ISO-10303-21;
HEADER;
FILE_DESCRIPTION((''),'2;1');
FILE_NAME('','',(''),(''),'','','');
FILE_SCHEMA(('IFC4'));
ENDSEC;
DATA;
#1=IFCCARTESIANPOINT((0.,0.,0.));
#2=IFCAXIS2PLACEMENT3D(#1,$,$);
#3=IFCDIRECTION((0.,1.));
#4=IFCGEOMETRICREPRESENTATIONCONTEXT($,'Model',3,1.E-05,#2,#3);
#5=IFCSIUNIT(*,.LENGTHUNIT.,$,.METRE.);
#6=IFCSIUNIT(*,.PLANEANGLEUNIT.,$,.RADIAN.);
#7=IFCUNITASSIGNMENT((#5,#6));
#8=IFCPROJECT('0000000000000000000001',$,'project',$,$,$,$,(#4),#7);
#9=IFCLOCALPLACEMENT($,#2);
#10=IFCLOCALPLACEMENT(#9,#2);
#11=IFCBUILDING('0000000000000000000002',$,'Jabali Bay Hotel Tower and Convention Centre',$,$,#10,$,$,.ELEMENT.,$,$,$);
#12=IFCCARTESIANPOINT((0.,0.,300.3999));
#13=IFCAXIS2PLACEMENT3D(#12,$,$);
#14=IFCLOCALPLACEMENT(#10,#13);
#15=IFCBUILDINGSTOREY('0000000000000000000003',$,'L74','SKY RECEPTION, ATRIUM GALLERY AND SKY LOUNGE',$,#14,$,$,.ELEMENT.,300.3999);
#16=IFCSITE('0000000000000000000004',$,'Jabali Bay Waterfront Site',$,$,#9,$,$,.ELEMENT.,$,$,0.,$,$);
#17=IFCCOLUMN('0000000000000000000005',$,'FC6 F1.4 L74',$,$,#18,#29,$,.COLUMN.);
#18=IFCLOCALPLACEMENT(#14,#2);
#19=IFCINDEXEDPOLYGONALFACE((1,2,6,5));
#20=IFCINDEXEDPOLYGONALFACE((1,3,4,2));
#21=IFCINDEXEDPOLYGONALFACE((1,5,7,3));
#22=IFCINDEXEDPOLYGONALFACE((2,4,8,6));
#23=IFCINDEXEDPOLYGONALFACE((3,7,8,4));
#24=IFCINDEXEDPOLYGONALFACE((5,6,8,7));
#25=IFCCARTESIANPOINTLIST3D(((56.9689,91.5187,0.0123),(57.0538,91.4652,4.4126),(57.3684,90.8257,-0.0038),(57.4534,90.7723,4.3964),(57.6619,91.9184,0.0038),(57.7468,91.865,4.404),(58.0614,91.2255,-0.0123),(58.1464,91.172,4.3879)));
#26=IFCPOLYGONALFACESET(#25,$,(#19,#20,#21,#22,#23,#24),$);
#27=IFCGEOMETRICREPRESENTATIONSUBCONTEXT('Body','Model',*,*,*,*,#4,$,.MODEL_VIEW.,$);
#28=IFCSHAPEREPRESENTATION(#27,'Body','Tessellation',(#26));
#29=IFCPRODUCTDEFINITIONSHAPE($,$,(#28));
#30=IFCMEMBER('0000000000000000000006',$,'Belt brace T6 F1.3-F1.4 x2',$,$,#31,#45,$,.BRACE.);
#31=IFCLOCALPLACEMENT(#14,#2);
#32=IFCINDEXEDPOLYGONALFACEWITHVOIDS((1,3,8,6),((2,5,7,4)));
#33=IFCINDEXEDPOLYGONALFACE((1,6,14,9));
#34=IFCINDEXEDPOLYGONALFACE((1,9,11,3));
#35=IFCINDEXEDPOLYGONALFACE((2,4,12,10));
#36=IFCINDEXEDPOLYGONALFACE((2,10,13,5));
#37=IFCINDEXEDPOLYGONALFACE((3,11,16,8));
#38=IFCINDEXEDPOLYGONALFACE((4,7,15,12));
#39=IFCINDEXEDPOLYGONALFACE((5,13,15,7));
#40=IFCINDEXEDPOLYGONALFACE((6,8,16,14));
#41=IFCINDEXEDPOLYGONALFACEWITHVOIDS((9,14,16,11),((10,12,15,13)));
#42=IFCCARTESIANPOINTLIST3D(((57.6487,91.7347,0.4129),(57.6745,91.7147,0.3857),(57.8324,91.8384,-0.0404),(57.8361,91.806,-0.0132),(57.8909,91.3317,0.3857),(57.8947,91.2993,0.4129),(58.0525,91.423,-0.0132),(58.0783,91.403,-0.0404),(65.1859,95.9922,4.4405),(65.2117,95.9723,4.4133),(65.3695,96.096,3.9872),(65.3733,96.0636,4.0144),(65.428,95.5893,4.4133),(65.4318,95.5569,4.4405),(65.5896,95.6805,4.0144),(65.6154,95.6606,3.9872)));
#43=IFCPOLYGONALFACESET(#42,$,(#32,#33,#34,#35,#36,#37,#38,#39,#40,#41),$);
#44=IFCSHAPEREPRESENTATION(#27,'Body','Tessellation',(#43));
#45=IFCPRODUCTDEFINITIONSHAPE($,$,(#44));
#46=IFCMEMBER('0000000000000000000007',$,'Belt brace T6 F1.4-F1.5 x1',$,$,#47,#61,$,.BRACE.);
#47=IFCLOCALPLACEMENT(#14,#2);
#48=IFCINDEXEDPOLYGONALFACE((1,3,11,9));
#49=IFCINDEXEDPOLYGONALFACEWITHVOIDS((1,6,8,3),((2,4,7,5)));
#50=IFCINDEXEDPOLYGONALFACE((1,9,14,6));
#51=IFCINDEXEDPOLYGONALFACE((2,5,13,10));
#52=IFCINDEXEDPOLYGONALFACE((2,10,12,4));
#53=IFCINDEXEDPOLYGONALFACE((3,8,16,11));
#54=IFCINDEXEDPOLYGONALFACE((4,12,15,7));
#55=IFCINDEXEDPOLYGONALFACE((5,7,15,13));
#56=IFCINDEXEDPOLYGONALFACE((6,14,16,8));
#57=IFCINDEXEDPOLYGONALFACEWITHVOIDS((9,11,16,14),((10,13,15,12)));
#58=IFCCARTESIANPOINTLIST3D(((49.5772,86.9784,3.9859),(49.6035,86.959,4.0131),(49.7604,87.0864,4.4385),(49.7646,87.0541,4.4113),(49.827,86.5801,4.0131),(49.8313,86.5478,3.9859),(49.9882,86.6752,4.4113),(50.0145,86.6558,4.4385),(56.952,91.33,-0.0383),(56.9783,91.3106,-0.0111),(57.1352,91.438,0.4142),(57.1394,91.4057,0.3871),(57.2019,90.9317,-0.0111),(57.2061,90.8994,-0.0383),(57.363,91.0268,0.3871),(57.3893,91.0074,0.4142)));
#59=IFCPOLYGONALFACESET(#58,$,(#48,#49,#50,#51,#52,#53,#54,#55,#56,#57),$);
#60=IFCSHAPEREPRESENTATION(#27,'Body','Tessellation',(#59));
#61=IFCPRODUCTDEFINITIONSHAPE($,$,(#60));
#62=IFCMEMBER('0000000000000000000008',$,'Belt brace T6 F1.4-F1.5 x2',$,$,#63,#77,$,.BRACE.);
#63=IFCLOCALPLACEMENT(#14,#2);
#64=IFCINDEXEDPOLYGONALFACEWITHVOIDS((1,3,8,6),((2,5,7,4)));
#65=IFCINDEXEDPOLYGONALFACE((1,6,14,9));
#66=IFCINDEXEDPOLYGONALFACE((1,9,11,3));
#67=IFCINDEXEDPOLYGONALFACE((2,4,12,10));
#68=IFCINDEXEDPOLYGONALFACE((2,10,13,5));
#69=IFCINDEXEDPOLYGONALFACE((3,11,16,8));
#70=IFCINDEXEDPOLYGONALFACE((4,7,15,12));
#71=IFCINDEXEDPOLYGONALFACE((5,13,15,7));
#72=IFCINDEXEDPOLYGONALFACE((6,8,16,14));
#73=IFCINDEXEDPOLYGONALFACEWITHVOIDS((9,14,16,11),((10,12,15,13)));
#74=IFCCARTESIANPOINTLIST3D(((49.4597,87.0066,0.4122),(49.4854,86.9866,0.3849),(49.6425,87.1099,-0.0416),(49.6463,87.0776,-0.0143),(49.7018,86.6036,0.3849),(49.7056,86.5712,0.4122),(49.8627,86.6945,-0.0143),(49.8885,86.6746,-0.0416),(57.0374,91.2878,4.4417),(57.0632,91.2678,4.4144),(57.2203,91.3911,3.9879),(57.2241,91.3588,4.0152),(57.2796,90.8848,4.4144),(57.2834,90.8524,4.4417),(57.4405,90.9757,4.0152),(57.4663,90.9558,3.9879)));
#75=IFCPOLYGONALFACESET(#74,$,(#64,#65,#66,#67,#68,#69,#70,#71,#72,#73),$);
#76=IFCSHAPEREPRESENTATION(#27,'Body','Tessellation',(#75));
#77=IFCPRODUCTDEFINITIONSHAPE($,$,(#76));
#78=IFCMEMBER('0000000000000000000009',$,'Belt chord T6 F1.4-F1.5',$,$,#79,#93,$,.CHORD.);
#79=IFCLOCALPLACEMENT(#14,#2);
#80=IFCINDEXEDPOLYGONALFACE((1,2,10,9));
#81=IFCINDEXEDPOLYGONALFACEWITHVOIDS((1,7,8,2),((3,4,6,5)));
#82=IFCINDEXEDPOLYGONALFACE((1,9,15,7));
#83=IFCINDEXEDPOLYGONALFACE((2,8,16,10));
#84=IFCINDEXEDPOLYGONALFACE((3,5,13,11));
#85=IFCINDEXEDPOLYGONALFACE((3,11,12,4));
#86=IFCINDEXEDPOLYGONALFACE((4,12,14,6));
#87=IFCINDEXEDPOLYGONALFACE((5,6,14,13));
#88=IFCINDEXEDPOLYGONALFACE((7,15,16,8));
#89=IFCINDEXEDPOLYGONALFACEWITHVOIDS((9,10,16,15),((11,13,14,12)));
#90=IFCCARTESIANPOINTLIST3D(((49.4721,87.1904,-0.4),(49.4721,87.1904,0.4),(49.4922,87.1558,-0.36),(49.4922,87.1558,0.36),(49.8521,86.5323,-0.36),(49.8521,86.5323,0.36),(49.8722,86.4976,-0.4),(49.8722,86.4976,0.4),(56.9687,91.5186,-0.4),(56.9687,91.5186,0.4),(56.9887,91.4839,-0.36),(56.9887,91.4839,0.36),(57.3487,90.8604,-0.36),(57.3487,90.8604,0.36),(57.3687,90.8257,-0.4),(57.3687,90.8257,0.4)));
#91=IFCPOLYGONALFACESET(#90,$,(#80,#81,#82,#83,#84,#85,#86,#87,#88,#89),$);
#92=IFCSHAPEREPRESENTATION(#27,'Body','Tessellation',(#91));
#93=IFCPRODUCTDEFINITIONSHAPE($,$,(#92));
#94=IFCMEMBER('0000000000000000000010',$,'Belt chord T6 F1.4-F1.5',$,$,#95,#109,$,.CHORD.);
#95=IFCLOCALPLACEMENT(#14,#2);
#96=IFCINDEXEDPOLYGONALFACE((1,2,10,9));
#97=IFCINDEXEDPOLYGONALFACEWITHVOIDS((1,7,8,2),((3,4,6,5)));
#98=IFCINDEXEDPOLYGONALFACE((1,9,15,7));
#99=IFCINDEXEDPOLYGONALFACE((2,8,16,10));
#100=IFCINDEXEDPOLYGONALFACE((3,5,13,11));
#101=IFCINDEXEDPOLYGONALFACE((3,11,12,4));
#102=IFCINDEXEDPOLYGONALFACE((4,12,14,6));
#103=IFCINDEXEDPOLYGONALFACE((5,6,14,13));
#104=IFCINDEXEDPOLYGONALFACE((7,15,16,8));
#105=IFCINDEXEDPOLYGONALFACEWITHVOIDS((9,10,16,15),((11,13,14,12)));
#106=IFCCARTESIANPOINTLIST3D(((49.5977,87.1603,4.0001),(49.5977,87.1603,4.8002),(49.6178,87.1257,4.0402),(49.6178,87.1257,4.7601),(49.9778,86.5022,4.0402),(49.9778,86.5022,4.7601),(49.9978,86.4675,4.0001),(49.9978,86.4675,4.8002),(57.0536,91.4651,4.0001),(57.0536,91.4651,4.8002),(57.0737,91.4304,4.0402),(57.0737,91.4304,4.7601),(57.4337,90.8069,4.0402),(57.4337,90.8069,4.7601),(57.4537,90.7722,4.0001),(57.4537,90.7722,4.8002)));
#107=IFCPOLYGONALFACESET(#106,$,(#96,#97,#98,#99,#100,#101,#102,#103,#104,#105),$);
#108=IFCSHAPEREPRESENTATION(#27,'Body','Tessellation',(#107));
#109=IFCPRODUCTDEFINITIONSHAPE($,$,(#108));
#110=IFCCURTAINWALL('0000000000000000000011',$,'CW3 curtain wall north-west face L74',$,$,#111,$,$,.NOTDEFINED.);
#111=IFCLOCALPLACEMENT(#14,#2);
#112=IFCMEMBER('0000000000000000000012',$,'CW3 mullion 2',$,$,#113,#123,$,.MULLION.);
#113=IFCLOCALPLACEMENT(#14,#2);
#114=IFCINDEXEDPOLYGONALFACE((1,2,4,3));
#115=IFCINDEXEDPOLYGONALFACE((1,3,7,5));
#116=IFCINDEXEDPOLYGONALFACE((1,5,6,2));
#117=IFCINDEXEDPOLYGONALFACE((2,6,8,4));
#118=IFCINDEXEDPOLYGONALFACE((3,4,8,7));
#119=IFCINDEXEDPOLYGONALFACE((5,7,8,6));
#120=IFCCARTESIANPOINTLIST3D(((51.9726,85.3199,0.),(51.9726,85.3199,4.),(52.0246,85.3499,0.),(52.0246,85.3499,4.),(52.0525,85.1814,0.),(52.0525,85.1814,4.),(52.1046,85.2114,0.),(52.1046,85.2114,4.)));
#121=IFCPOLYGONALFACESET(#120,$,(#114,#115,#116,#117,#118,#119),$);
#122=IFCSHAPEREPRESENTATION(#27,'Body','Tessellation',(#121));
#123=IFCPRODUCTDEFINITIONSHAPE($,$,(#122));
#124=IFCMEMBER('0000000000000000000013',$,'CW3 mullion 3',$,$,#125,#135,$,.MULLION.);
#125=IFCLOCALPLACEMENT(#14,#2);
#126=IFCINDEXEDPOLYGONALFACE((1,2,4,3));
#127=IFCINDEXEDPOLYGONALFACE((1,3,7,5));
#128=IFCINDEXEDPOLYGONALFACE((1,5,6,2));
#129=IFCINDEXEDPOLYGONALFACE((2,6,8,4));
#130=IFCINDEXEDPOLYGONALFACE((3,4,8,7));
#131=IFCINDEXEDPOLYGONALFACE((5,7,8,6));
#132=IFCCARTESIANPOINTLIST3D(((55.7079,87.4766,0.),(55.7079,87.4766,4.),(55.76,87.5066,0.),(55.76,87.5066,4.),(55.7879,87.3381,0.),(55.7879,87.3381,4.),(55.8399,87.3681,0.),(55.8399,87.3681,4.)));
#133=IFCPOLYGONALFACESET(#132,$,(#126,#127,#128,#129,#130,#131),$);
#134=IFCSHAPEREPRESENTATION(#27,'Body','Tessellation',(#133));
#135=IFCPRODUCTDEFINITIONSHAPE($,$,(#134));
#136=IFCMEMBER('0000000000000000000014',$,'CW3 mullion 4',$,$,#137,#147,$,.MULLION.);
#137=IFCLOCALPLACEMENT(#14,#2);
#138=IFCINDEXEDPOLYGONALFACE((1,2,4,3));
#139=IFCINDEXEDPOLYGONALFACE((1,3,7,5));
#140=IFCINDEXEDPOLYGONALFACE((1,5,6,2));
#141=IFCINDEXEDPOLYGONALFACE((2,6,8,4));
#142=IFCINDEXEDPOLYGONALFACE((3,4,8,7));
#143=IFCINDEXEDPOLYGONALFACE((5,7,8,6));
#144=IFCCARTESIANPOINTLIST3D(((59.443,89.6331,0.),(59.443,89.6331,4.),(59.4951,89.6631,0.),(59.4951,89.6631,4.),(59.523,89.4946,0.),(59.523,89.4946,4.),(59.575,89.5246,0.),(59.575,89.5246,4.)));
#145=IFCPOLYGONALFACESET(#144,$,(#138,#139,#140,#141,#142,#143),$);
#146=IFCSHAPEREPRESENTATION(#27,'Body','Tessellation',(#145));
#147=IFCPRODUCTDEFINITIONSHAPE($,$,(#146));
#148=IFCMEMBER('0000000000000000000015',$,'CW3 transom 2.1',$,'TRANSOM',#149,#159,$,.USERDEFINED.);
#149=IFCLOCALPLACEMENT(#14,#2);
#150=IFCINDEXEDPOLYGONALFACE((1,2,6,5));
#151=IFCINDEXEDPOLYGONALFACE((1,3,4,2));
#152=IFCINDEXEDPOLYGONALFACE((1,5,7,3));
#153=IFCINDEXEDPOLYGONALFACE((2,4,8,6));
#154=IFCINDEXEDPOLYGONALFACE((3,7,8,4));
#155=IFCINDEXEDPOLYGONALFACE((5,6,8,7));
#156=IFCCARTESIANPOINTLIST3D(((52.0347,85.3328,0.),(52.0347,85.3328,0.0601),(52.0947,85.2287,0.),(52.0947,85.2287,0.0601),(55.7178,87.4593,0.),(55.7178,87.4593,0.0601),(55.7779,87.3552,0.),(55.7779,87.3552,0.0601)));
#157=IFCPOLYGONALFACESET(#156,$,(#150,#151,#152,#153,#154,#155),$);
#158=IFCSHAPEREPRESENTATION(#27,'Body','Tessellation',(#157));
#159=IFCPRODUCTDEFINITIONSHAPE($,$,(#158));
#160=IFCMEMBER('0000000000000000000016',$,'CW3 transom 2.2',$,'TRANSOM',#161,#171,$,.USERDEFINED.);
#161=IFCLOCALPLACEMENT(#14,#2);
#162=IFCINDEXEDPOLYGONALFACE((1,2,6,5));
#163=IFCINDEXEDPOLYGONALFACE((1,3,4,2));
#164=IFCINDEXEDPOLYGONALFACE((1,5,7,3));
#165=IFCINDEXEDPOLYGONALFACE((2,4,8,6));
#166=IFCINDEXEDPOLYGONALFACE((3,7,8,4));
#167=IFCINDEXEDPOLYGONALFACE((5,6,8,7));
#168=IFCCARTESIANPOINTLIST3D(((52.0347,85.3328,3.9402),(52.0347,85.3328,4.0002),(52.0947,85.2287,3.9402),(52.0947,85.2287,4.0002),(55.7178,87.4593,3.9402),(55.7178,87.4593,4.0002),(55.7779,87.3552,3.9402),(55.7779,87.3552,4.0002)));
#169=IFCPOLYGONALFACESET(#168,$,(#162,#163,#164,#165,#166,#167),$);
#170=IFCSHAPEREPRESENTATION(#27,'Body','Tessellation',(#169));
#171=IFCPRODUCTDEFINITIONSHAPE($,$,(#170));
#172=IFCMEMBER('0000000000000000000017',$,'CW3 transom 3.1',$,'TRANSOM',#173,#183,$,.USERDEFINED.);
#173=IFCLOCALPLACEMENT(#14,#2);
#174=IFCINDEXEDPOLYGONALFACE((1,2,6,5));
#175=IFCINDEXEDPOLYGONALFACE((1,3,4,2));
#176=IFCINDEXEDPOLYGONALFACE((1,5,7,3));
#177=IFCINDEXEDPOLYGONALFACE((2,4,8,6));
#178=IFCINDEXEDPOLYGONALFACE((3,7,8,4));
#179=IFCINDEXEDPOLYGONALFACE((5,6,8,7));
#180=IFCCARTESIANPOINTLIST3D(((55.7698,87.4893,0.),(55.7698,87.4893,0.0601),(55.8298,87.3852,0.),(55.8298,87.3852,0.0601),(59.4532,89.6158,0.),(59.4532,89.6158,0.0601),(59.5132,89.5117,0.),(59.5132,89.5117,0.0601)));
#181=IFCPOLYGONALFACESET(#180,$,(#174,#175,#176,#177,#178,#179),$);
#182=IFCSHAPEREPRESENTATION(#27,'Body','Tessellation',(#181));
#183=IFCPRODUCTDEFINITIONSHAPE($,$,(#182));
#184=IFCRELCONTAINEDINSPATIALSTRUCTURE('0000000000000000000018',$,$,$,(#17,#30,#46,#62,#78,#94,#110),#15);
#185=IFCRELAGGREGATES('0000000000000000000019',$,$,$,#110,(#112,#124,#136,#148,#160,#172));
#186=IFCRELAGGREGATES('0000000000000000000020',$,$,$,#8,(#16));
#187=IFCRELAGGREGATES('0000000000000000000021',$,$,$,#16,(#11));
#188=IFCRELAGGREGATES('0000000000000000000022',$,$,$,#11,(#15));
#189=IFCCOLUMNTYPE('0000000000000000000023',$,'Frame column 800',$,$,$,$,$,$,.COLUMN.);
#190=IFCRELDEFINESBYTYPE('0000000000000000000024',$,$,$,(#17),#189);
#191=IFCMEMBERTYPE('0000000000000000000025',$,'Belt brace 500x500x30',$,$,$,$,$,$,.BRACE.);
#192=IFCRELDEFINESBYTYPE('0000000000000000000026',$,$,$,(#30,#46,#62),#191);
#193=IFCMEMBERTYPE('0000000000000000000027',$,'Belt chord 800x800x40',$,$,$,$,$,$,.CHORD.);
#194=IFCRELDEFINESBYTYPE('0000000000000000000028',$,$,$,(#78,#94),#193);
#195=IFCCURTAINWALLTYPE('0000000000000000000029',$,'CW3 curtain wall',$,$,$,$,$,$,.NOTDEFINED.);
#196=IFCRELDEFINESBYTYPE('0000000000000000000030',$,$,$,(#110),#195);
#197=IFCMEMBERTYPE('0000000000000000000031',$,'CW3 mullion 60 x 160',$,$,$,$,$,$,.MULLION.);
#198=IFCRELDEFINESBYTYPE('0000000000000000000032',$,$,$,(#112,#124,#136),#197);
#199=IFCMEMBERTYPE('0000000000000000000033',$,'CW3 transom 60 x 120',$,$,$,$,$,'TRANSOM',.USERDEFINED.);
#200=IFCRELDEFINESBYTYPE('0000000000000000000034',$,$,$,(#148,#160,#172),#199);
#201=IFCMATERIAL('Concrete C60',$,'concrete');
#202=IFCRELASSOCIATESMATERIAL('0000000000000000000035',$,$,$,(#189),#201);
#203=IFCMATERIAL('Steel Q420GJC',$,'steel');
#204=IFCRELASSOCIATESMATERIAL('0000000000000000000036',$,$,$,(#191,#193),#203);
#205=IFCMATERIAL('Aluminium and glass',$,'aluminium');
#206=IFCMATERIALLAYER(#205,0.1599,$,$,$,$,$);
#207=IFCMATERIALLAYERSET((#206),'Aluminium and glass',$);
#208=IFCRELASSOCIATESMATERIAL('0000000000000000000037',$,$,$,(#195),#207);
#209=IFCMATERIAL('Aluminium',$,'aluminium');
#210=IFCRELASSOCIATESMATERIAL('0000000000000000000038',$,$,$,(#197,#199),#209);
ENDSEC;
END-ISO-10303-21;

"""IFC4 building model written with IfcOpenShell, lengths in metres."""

from ifc_helpers import new_model, si_unit, direction, frame, origin, origin_2d, place, context, subcontext, project, spatial, rectangle, hollow_rectangle, extrude, material, layer, layer_set, material_profile, profile_set, type_object, element, aggregate, save


model = new_model("IFC4")

# Units and contexts
model_context = context("Model", 3, precision=1e-05, world=origin(), true_north=direction((0.0, 1.0)))
body_context = subcontext(model_context, "Body", "Model", "MODEL_VIEW")
ifc_project = project(units=[si_unit("LENGTHUNIT", "METRE"), si_unit("PLANEANGLEUNIT", "RADIAN")], contexts=[model_context])

# Site, building, storey
site_placement = place(None, origin())
site = spatial("IfcSite", under=ifc_project, at=site_placement, Name="Jabali Bay Waterfront Site", CompositionType="ELEMENT", RefElevation=0.0)
building_placement = place(site_placement, origin())
building = spatial("IfcBuilding", under=site, at=building_placement, Name="Jabali Bay Hotel Tower and Convention Centre", CompositionType="ELEMENT")
storey_placement = place(building_placement, frame((0.0, 0.0, 300.3999)))
storey = spatial("IfcBuildingStorey", under=building, at=storey_placement, Name="L74", Description="SKY RECEPTION, ATRIUM GALLERY AND SKY LOUNGE", CompositionType="ELEMENT", Elevation=300.3999)

# Column
ifc_material_1 = material(Name="Concrete C60", Category="concrete")
ifc_material_profile_1 = material_profile(ifc_material_1, rectangle(XDim=0.8, YDim=0.8, at=origin_2d()), Name="Frame column 800")
ifc_profile_set_1 = profile_set([ifc_material_profile_1], Name="Concrete C60")
column_type = type_object("IfcColumnType", Name="Frame column 800", PredefinedType="COLUMN", material=ifc_profile_set_1)
column_placement = place(storey_placement, frame((57.5151, 91.3721, 0.0), z_axis=(0.019304, -0.012148, 0.99974), x_axis=(-0.499384, 0.866146, 0.020167)))
element("IfcColumn", 1, at=column_placement, inside=storey, type_object=column_type, Name="FC6 F1.4 L74", PredefinedType="COLUMN", context=body_context, shape_type="SweptSolid", body=[
    extrude(rectangle(XDim=0.8, YDim=0.8, at=origin_2d()), origin(), (0.0, 0.0, 1.0), 4.4014),
])

# Members
ifc_material_2 = material(Name="Steel Q420GJC", Category="steel")
ifc_material_profile_2 = material_profile(ifc_material_2, hollow_rectangle(XDim=0.5, YDim=0.5, WallThickness=0.03, at=origin_2d()), Name="Belt brace 500x500x30")
ifc_profile_set_2 = profile_set([ifc_material_profile_2], Name="Steel Q420GJC")
member_type_1 = type_object("IfcMemberType", Name="Belt brace 500x500x30", PredefinedType="BRACE", material=ifc_profile_set_2)
member_1_placement = place(storey_placement, frame((57.8635, 91.5688, 0.1863), z_axis=(0.789426, 0.445931, 0.421844), x_axis=(-0.491835, 0.870688, 0.0)))
element("IfcMember", 2, at=member_1_placement, inside=storey, type_object=member_type_1, Name="Belt brace T6 F1.3-F1.4 x2", PredefinedType="BRACE", context=body_context, shape_type="SweptSolid", body=[
    extrude(hollow_rectangle(XDim=0.5, YDim=0.5, WallThickness=0.03, at=origin_2d()), origin(), (0.0, 0.0, 1.0), 9.5476),
])
member_2_placement = place(storey_placement, frame((57.1707, 91.1687, 0.188), z_axis=(-0.779462, -0.459931, 0.425327), x_axis=(0.508188, -0.861246, 0.0)))
element("IfcMember", 3, at=member_2_placement, inside=storey, type_object=member_type_1, Name="Belt brace T6 F1.4-F1.5 x1", PredefinedType="BRACE", context=body_context, shape_type="SweptSolid", body=[
    extrude(hollow_rectangle(XDim=0.5, YDim=0.5, WallThickness=0.03, at=origin_2d()), origin(), (0.0, 0.0, 1.0), 9.4614),
])
member_3_placement = place(storey_placement, frame((49.6741, 86.8406, 0.1853), z_axis=(0.790089, 0.446374, 0.42013), x_axis=(-0.491892, 0.870656, 0.0)))
element("IfcMember", 4, at=member_3_placement, inside=storey, type_object=member_type_1, Name="Belt brace T6 F1.4-F1.5 x2", PredefinedType="BRACE", context=body_context, shape_type="SweptSolid", body=[
    extrude(hollow_rectangle(XDim=0.5, YDim=0.5, WallThickness=0.03, at=origin_2d()), origin(), (0.0, 0.0, 1.0), 9.5911),
])
ifc_material_profile_3 = material_profile(ifc_material_2, hollow_rectangle(XDim=0.8, YDim=0.8, WallThickness=0.04, at=origin_2d()), Name="Belt chord 800x800x40")
ifc_profile_set_3 = profile_set([ifc_material_profile_3], Name="Steel Q420GJC")
member_type_2 = type_object("IfcMemberType", Name="Belt chord 800x800x40", PredefinedType="CHORD", material=ifc_profile_set_3)
member_4_placement = place(storey_placement, frame((57.1687, 91.1721, 0.0), z_axis=(-0.866027, -0.499998, 0.0), x_axis=(0.499998, -0.866027, 0.0)))
element("IfcMember", 5, at=member_4_placement, inside=storey, type_object=member_type_2, Name="Belt chord T6 F1.4-F1.5", PredefinedType="CHORD", context=body_context, shape_type="SweptSolid", body=[
    extrude(hollow_rectangle(XDim=0.8, YDim=0.8, WallThickness=0.04, at=origin_2d()), origin(), (0.0, 0.0, 1.0), 8.6562),
])
member_5_placement = place(storey_placement, frame((57.2537, 91.1187, 4.4001), z_axis=(-0.866022, -0.500006, 0.0), x_axis=(0.500006, -0.866022, 0.0)))
element("IfcMember", 6, at=member_5_placement, inside=storey, type_object=member_type_2, Name="Belt chord T6 F1.4-F1.5", PredefinedType="CHORD", context=body_context, shape_type="SweptSolid", body=[
    extrude(hollow_rectangle(XDim=0.8, YDim=0.8, WallThickness=0.04, at=origin_2d()), origin(), (0.0, 0.0, 1.0), 8.6094),
])

# Curtain wall, members
ifc_material_3 = material(Name="Aluminium and glass", Category="aluminium")
ifc_layer_1 = layer(ifc_material_3, 0.1599)
ifc_layer_set_1 = layer_set([ifc_layer_1], Name="Aluminium and glass")
curtain_wall_type = type_object("IfcCurtainWallType", Name="CW3 curtain wall", PredefinedType="NOTDEFINED", material=ifc_layer_set_1)
curtain_wall_placement = place(storey_placement, origin())
curtain_wall = element("IfcCurtainWall", 7, at=curtain_wall_placement, inside=storey, type_object=curtain_wall_type, Name="CW3 curtain wall north-west face L74", PredefinedType="NOTDEFINED")
ifc_material_4 = material(Name="Aluminium", Category="aluminium")
ifc_material_profile_4 = material_profile(ifc_material_4, rectangle(XDim=0.1599, YDim=0.0601, at=origin_2d()), Name="CW3 mullion 60 x 160")
ifc_profile_set_4 = profile_set([ifc_material_profile_4], Name="Aluminium")
member_type_3 = type_object("IfcMemberType", Name="CW3 mullion 60 x 160", PredefinedType="MULLION", material=ifc_profile_set_4)
member_6_placement = place(storey_placement, frame((52.0386, 85.2656, 0.0), z_axis=(0.0, 0.0, 1.0), x_axis=(-0.5, 0.866025, 0.0)))
member_6 = element("IfcMember", 8, at=member_6_placement, type_object=member_type_3, Name="CW3 mullion 2", PredefinedType="MULLION", context=body_context, shape_type="SweptSolid", body=[
    extrude(rectangle(XDim=0.1599, YDim=0.0601, at=origin_2d()), origin(), (0.0, 0.0, 1.0), 4.0),
])
member_7_placement = place(storey_placement, frame((55.7739, 87.4224, 0.0), z_axis=(0.0, 0.0, 1.0), x_axis=(-0.5, 0.866025, 0.0)))
member_7 = element("IfcMember", 9, at=member_7_placement, type_object=member_type_3, Name="CW3 mullion 3", PredefinedType="MULLION", context=body_context, shape_type="SweptSolid", body=[
    extrude(rectangle(XDim=0.1599, YDim=0.0601, at=origin_2d()), origin(), (0.0, 0.0, 1.0), 4.0),
])
member_8_placement = place(storey_placement, frame((59.509, 89.5789, 0.0), z_axis=(0.0, 0.0, 1.0), x_axis=(-0.5, 0.866025, 0.0)))
member_8 = element("IfcMember", 10, at=member_8_placement, type_object=member_type_3, Name="CW3 mullion 4", PredefinedType="MULLION", context=body_context, shape_type="SweptSolid", body=[
    extrude(rectangle(XDim=0.1599, YDim=0.0601, at=origin_2d()), origin(), (0.0, 0.0, 1.0), 4.0),
])
ifc_material_profile_5 = material_profile(ifc_material_4, rectangle(XDim=0.1201, YDim=0.0601, at=origin_2d()), Name="CW3 transom 60 x 120")
ifc_profile_set_5 = profile_set([ifc_material_profile_5], Name="Aluminium")
member_type_4 = type_object("IfcMemberType", Name="CW3 transom 60 x 120", ElementType="TRANSOM", PredefinedType="USERDEFINED", material=ifc_profile_set_5)
member_9_placement = place(storey_placement, frame((52.0647, 85.2808, 0.03), z_axis=(0.866023, 0.500004, 0.0), x_axis=(-0.500004, 0.866023, 0.0)))
member_9 = element("IfcMember", 11, at=member_9_placement, type_object=member_type_4, Name="CW3 transom 2.1", ObjectType="TRANSOM", PredefinedType="USERDEFINED", context=body_context, shape_type="SweptSolid", body=[
    extrude(rectangle(XDim=0.1201, YDim=0.0601, at=origin_2d()), origin(), (0.0, 0.0, 1.0), 4.2529),
])
member_10_placement = place(storey_placement, frame((52.0647, 85.2808, 3.9702), z_axis=(0.866023, 0.500004, 0.0), x_axis=(-0.500004, 0.866023, 0.0)))
member_10 = element("IfcMember", 12, at=member_10_placement, type_object=member_type_4, Name="CW3 transom 2.2", ObjectType="TRANSOM", PredefinedType="USERDEFINED", context=body_context, shape_type="SweptSolid", body=[
    extrude(rectangle(XDim=0.1201, YDim=0.0601, at=origin_2d()), origin(), (0.0, 0.0, 1.0), 4.2529),
])
member_11_placement = place(storey_placement, frame((55.7998, 87.4373, 0.03), z_axis=(0.866037, 0.499979, 0.0), x_axis=(-0.499979, 0.866037, 0.0)))
member_11 = element("IfcMember", 13, at=member_11_placement, type_object=member_type_4, Name="CW3 transom 3.1", ObjectType="TRANSOM", PredefinedType="USERDEFINED", context=body_context, shape_type="SweptSolid", body=[
    extrude(rectangle(XDim=0.1201, YDim=0.0601, at=origin_2d()), origin(), (0.0, 0.0, 1.0), 4.2532),
])
aggregate(curtain_wall, [member_6, member_7, member_8, member_9, member_10, member_11])

save(model, "model.ifc")
